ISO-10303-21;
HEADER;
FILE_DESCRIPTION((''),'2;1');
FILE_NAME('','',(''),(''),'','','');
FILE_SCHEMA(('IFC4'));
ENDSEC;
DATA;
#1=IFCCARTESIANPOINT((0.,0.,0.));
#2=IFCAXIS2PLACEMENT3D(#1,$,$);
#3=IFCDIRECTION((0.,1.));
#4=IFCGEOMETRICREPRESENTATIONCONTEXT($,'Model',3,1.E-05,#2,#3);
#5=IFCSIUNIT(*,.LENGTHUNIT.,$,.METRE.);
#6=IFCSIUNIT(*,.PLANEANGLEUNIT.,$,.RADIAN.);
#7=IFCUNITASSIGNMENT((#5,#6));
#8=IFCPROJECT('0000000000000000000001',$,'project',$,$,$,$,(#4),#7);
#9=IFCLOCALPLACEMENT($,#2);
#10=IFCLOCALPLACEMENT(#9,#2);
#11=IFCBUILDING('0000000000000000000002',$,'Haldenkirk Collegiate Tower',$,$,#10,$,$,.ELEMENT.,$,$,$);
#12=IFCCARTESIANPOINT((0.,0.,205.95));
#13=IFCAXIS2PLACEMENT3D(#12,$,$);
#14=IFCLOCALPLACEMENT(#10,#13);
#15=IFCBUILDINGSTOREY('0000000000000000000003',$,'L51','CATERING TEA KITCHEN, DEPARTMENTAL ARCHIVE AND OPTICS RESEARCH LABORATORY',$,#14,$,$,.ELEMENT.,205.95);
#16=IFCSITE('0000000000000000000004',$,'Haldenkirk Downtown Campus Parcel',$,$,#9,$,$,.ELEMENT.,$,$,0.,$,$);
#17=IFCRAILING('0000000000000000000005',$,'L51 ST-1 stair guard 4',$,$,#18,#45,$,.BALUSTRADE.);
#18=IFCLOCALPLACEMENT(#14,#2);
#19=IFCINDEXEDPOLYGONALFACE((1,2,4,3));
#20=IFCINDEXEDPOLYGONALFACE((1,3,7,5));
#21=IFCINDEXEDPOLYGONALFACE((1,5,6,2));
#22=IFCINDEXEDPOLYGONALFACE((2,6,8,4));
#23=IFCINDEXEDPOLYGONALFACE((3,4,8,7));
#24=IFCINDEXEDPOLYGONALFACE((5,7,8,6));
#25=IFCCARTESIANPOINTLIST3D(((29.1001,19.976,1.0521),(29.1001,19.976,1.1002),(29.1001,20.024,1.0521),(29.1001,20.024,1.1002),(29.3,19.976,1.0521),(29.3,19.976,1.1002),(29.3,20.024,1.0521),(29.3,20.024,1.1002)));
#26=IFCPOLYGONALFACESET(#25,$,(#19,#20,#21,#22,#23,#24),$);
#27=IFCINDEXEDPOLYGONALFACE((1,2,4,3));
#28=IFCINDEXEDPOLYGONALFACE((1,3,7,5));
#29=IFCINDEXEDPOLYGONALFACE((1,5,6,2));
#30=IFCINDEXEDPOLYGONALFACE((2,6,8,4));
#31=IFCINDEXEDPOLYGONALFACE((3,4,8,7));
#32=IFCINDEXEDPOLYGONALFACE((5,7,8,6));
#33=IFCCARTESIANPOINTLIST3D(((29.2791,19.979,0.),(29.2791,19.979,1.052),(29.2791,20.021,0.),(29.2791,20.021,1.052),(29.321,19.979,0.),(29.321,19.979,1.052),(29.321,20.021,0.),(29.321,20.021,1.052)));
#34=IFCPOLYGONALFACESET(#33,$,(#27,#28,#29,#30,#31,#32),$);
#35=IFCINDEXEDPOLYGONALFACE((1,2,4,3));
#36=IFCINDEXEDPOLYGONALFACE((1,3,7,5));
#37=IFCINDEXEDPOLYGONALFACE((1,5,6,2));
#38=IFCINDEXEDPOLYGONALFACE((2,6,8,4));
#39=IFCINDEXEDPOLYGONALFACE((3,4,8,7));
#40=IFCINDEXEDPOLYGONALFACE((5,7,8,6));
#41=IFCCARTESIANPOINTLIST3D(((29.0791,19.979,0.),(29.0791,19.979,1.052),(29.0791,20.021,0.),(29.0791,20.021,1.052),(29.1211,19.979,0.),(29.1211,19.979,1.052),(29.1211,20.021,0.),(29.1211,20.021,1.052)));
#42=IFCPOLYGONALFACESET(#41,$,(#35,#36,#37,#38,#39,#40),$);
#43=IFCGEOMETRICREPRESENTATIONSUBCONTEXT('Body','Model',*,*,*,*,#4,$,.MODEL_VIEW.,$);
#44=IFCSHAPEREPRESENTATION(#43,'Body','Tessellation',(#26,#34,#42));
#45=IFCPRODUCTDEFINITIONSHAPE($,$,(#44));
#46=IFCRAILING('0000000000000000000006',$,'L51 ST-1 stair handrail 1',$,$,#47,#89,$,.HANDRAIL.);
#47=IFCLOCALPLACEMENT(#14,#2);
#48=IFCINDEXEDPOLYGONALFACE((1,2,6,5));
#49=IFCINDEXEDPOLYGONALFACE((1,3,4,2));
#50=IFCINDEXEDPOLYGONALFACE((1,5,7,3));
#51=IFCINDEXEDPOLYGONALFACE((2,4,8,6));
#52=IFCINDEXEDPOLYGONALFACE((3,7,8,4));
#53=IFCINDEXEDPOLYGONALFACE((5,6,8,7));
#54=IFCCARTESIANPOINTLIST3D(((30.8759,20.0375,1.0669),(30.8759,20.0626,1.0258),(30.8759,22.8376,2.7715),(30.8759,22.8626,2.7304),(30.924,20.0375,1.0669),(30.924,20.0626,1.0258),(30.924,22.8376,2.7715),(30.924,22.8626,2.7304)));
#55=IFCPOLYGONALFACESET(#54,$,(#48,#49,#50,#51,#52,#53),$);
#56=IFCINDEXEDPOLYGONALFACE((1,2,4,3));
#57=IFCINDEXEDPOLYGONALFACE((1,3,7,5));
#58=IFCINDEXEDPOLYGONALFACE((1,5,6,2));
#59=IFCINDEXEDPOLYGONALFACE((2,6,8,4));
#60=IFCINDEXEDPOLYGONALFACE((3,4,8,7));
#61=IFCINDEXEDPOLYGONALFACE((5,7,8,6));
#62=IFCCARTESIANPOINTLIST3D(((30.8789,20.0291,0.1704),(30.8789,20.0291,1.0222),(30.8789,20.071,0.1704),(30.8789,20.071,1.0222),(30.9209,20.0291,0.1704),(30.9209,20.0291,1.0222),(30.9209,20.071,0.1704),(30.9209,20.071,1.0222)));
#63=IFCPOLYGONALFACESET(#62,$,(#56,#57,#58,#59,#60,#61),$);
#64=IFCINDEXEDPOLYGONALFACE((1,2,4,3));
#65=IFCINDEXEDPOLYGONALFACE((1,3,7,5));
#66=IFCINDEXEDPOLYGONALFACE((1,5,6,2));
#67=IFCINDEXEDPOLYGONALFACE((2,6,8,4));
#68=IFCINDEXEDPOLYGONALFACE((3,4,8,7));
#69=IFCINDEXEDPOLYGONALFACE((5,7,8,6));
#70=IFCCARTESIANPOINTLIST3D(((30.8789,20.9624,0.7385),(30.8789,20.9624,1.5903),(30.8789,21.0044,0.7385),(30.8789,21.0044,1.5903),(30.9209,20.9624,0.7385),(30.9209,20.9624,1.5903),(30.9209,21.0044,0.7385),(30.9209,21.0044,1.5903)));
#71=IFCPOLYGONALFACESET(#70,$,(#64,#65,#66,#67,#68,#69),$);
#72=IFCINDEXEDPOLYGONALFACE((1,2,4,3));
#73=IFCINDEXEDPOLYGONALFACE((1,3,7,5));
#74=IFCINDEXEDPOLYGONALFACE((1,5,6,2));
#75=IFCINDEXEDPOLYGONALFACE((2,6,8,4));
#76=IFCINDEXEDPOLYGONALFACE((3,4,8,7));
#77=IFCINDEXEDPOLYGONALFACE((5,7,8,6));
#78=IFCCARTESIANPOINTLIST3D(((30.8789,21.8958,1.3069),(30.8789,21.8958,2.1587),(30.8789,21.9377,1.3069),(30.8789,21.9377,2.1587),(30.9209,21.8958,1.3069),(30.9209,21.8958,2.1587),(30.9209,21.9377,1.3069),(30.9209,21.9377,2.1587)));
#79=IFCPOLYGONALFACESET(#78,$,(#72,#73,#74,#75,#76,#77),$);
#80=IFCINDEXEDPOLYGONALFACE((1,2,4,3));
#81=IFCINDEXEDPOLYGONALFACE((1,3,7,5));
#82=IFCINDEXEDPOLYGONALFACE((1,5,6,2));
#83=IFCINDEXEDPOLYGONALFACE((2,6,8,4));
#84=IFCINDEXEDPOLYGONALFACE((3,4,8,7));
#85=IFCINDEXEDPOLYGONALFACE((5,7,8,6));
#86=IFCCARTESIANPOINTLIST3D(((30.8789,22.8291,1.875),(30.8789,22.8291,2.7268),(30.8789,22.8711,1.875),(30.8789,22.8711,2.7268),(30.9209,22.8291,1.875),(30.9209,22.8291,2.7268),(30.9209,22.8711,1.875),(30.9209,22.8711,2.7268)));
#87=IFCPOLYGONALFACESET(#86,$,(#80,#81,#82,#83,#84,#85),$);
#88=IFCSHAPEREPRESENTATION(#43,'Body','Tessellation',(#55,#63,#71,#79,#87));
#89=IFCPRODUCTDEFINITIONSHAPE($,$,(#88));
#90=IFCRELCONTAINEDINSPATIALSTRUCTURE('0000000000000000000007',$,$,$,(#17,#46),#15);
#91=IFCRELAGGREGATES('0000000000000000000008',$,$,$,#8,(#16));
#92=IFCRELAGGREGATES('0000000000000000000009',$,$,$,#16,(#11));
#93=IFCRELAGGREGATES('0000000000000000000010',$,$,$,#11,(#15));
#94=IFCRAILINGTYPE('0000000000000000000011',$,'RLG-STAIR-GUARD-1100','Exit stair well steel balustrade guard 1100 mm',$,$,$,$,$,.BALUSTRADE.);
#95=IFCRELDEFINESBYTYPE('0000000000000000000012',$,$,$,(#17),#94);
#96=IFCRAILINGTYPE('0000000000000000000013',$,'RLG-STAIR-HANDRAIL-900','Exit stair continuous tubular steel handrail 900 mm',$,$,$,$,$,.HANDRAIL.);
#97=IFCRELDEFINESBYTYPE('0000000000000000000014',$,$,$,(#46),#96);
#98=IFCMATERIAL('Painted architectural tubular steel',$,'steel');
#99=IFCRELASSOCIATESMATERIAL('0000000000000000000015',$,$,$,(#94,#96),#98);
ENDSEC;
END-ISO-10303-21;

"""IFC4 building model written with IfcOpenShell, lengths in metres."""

from ifc_helpers import new_model, si_unit, direction, frame, origin, origin_2d, place, context, subcontext, project, spatial, rectangle, extrude, material, type_object, element, save


model = new_model("IFC4")

# Units and contexts
model_context = context("Model", 3, precision=1e-05, world=origin(), true_north=direction((0.0, 1.0)))
body_context = subcontext(model_context, "Body", "Model", "MODEL_VIEW")
ifc_project = project(units=[si_unit("LENGTHUNIT", "METRE"), si_unit("PLANEANGLEUNIT", "RADIAN")], contexts=[model_context])

# Site, building, storey
site_placement = place(None, origin())
site = spatial("IfcSite", under=ifc_project, at=site_placement, Name="Haldenkirk Downtown Campus Parcel", CompositionType="ELEMENT", RefElevation=0.0)
building_placement = place(site_placement, origin())
building = spatial("IfcBuilding", under=site, at=building_placement, Name="Haldenkirk Collegiate Tower", CompositionType="ELEMENT")
storey_placement = place(building_placement, frame((0.0, 0.0, 205.95)))
storey = spatial("IfcBuildingStorey", under=building, at=storey_placement, Name="L51", Description="CATERING TEA KITCHEN, DEPARTMENTAL ARCHIVE AND OPTICS RESEARCH LABORATORY", CompositionType="ELEMENT", Elevation=205.95)

# Railings
ifc_material_1 = material(Name="Painted architectural tubular steel", Category="steel")
railing_type_1 = type_object("IfcRailingType", Name="RLG-STAIR-GUARD-1100", Description="Exit stair well steel balustrade guard 1100 mm", PredefinedType="BALUSTRADE", material=ifc_material_1)
railing_1_placement = place(storey_placement, frame((29.3, 20.0, 0.0)))
element("IfcRailing", 1, at=railing_1_placement, inside=storey, type_object=railing_type_1, Name="L51 ST-1 stair guard 4", PredefinedType="BALUSTRADE", context=body_context, shape_type="SweptSolid", body=[
    extrude(rectangle(XDim=0.0481, YDim=0.0481, at=origin_2d()), frame((0.0, 0.0, 1.0762), z_axis=(-1.0, 0.0, 0.0), x_axis=(0.0, -1.0, 0.0)), (0.0, 0.0, 1.0), 0.2),
    extrude(rectangle(XDim=0.042, YDim=0.042, at=origin_2d()), origin(), (0.0, 0.0, 1.0), 1.052),
    extrude(rectangle(XDim=0.042, YDim=0.042, at=origin_2d()), frame((-0.2, 0.0, 0.0)), (0.0, 0.0, 1.0), 1.052),
])
railing_type_2 = type_object("IfcRailingType", Name="RLG-STAIR-HANDRAIL-900", Description="Exit stair continuous tubular steel handrail 900 mm", PredefinedType="HANDRAIL", material=ifc_material_1)
railing_2_placement = place(storey_placement, frame((30.8999, 20.05, 0.1704)))
element("IfcRailing", 2, at=railing_2_placement, inside=storey, type_object=railing_type_2, Name="L51 ST-1 stair handrail 1", PredefinedType="HANDRAIL", context=body_context, shape_type="SweptSolid", body=[
    extrude(rectangle(XDim=0.0481, YDim=0.0481, at=origin_2d()), frame((0.0, 0.0, 0.876), z_axis=(0.0, 0.85417, 0.519994), x_axis=(-1.0, 0.0, 0.0)), (0.0, 0.0, 1.0), 3.2781),
    extrude(rectangle(XDim=0.042, YDim=0.042, at=origin_2d()), origin(), (0.0, 0.0, 1.0), 0.8518),
    extrude(rectangle(XDim=0.042, YDim=0.042, at=origin_2d()), frame((0.0, 0.9333, 0.5681)), (0.0, 0.0, 1.0), 0.8518),
    extrude(rectangle(XDim=0.042, YDim=0.042, at=origin_2d()), frame((0.0, 1.8667, 1.1365)), (0.0, 0.0, 1.0), 0.8518),
    extrude(rectangle(XDim=0.042, YDim=0.042, at=origin_2d()), frame((0.0, 2.8, 1.7046)), (0.0, 0.0, 1.0), 0.8518),
])

save(model, "model.ifc")
